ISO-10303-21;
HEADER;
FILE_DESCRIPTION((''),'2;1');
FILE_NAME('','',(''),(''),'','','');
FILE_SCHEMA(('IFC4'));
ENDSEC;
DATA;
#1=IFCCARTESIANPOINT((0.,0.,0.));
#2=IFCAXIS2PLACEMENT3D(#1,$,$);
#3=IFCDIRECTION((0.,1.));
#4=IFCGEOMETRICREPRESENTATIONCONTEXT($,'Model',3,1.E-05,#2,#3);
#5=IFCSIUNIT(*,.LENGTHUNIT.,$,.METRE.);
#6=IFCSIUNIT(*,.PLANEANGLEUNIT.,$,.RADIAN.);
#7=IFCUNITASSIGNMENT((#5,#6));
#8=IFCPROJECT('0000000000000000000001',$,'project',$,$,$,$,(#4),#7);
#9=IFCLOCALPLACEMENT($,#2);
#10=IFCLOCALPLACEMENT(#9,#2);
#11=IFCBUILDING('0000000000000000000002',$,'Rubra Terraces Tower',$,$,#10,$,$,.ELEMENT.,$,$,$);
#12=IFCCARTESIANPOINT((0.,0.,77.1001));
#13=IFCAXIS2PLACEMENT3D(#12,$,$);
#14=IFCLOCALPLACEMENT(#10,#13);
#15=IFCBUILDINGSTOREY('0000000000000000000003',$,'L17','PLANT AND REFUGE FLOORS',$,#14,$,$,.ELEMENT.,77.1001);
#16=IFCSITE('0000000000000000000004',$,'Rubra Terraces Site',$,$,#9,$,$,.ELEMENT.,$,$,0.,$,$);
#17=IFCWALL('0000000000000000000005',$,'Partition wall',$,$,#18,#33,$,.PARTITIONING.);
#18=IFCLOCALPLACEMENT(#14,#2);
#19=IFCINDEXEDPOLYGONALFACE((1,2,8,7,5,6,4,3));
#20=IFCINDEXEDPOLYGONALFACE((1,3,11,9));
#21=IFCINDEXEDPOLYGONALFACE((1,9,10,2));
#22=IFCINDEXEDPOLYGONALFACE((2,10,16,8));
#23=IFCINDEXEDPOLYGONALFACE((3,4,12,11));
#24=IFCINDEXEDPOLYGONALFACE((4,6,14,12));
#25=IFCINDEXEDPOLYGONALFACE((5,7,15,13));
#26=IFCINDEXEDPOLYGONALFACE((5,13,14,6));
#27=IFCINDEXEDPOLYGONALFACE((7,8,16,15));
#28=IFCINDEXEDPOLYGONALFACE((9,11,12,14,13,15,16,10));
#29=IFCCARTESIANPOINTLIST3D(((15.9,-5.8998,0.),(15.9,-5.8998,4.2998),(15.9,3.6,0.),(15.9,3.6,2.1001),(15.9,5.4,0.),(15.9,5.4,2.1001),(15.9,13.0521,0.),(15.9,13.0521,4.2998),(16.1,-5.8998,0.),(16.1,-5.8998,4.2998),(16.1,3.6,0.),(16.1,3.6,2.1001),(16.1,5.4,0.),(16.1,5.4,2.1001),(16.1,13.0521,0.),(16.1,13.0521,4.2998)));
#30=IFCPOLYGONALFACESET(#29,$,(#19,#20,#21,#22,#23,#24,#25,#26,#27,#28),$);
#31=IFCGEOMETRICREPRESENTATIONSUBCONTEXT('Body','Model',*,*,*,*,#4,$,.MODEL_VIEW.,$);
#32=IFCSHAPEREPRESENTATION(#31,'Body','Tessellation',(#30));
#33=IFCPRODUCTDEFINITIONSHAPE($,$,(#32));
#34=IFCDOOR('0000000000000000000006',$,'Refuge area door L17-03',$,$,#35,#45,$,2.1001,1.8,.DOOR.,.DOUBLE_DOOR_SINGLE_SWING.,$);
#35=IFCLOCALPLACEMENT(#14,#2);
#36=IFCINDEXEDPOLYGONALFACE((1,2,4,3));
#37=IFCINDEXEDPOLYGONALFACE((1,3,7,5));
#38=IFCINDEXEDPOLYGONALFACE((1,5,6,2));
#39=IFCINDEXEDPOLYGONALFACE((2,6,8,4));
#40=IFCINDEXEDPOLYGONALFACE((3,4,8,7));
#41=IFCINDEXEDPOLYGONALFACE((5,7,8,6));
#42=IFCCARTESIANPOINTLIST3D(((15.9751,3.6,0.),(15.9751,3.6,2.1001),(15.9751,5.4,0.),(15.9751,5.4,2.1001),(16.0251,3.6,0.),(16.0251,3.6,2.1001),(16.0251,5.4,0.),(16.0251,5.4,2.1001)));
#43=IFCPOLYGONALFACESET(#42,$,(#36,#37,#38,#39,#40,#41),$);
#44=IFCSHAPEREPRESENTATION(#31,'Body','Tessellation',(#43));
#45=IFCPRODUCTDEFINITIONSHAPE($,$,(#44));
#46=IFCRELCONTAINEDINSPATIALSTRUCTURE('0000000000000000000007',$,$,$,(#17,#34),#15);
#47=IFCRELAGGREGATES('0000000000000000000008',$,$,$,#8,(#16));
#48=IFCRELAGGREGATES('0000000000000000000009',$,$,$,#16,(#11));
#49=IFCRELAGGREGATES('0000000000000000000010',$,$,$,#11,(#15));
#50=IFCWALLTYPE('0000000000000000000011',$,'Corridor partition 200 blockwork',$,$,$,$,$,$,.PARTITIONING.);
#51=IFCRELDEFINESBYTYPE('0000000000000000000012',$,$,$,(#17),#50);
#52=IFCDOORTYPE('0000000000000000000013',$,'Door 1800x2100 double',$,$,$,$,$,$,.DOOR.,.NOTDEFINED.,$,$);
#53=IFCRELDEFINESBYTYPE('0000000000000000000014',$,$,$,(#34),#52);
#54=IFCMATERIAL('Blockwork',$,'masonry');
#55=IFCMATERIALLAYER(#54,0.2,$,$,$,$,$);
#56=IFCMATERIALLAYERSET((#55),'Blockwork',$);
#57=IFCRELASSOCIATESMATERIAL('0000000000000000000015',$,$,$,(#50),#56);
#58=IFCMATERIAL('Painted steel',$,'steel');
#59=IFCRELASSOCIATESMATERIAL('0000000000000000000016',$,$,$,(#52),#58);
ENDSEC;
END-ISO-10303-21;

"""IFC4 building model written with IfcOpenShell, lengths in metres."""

from ifc_helpers import new_model, si_unit, direction, frame, frame_2d, origin, place, context, subcontext, project, spatial, rectangle, extrude, material, layer, layer_set, type_object, element, fill, save


model = new_model("IFC4")

# Units and contexts
model_context = context("Model", 3, precision=1e-05, world=origin(), true_north=direction((0.0, 1.0)))
body_context = subcontext(model_context, "Body", "Model", "MODEL_VIEW")
ifc_project = project(units=[si_unit("LENGTHUNIT", "METRE"), si_unit("PLANEANGLEUNIT", "RADIAN")], contexts=[model_context])

# Site, building, storey
site_placement = place(None, origin())
site = spatial("IfcSite", under=ifc_project, at=site_placement, Name="Rubra Terraces Site", CompositionType="ELEMENT", RefElevation=0.0)
building_placement = place(site_placement, origin())
building = spatial("IfcBuilding", under=site, at=building_placement, Name="Rubra Terraces Tower", CompositionType="ELEMENT")
storey_placement = place(building_placement, frame((0.0, 0.0, 77.1001)))
storey = spatial("IfcBuildingStorey", under=building, at=storey_placement, Name="L17", Description="PLANT AND REFUGE FLOORS", CompositionType="ELEMENT", Elevation=77.1001)

# Shared definitions
ifc_material_1 = material(Name="Blockwork", Category="masonry")
ifc_layer_1 = layer(ifc_material_1, 0.2)
ifc_layer_set_1 = layer_set([ifc_layer_1], Name="Blockwork")
wall_type_1 = type_object("IfcWallType", Name="Corridor partition 200 blockwork", PredefinedType="PARTITIONING", material=ifc_layer_set_1)

# Wall, opening, door
wall_1_placement = place(storey_placement, frame((16.0, -5.8999, 0.0), z_axis=(0.0, 0.0, 1.0), x_axis=(0.0, 1.0, 0.0)))
wall_1 = element("IfcWall", 1, at=wall_1_placement, inside=storey, type_object=wall_type_1, Name="Partition wall", PredefinedType="PARTITIONING", context=body_context, shape_type="SweptSolid", body=[
    extrude(rectangle(XDim=18.9519, YDim=0.2, at=frame_2d((9.4761, 0.0))), origin(), (0.0, 0.0, 1.0), 4.2998),
])
opening_1_placement = place(wall_1_placement, frame((9.5, 0.0, 0.0)))
opening_1 = element("IfcOpeningElement", 2, at=opening_1_placement, cuts=wall_1, PredefinedType="OPENING", context=body_context, shape_type="SweptSolid", body=[
    extrude(rectangle(XDim=1.8, YDim=2.1001, at=frame_2d((0.8999, 1.05))), frame((0.0, 0.1099, 0.0), z_axis=(0.0, -1.0, 0.0), x_axis=(1.0, 0.0, 0.0)), (0.0, 0.0, 1.0), 0.22),
])
ifc_material_2 = material(Name="Painted steel", Category="steel")
door_type = type_object("IfcDoorType", Name="Door 1800x2100 double", OperationType="NOTDEFINED", PredefinedType="DOOR", material=ifc_material_2)
door_placement = place(opening_1_placement, origin())
door = element("IfcDoor", 3, at=door_placement, inside=storey, type_object=door_type, Name="Refuge area door L17-03", OperationType="DOUBLE_DOOR_SINGLE_SWING", OverallHeight=2.1001, OverallWidth=1.8, PredefinedType="DOOR", context=body_context, shape_type="SweptSolid", body=[
    extrude(rectangle(XDim=1.8, YDim=2.1001, at=frame_2d((0.8999, 1.05))), frame((0.0, 0.0249, 0.0), z_axis=(0.0, -1.0, 0.0), x_axis=(1.0, 0.0, 0.0)), (0.0, 0.0, 1.0), 0.05),
])
fill(opening_1, door)

save(model, "model.ifc")
